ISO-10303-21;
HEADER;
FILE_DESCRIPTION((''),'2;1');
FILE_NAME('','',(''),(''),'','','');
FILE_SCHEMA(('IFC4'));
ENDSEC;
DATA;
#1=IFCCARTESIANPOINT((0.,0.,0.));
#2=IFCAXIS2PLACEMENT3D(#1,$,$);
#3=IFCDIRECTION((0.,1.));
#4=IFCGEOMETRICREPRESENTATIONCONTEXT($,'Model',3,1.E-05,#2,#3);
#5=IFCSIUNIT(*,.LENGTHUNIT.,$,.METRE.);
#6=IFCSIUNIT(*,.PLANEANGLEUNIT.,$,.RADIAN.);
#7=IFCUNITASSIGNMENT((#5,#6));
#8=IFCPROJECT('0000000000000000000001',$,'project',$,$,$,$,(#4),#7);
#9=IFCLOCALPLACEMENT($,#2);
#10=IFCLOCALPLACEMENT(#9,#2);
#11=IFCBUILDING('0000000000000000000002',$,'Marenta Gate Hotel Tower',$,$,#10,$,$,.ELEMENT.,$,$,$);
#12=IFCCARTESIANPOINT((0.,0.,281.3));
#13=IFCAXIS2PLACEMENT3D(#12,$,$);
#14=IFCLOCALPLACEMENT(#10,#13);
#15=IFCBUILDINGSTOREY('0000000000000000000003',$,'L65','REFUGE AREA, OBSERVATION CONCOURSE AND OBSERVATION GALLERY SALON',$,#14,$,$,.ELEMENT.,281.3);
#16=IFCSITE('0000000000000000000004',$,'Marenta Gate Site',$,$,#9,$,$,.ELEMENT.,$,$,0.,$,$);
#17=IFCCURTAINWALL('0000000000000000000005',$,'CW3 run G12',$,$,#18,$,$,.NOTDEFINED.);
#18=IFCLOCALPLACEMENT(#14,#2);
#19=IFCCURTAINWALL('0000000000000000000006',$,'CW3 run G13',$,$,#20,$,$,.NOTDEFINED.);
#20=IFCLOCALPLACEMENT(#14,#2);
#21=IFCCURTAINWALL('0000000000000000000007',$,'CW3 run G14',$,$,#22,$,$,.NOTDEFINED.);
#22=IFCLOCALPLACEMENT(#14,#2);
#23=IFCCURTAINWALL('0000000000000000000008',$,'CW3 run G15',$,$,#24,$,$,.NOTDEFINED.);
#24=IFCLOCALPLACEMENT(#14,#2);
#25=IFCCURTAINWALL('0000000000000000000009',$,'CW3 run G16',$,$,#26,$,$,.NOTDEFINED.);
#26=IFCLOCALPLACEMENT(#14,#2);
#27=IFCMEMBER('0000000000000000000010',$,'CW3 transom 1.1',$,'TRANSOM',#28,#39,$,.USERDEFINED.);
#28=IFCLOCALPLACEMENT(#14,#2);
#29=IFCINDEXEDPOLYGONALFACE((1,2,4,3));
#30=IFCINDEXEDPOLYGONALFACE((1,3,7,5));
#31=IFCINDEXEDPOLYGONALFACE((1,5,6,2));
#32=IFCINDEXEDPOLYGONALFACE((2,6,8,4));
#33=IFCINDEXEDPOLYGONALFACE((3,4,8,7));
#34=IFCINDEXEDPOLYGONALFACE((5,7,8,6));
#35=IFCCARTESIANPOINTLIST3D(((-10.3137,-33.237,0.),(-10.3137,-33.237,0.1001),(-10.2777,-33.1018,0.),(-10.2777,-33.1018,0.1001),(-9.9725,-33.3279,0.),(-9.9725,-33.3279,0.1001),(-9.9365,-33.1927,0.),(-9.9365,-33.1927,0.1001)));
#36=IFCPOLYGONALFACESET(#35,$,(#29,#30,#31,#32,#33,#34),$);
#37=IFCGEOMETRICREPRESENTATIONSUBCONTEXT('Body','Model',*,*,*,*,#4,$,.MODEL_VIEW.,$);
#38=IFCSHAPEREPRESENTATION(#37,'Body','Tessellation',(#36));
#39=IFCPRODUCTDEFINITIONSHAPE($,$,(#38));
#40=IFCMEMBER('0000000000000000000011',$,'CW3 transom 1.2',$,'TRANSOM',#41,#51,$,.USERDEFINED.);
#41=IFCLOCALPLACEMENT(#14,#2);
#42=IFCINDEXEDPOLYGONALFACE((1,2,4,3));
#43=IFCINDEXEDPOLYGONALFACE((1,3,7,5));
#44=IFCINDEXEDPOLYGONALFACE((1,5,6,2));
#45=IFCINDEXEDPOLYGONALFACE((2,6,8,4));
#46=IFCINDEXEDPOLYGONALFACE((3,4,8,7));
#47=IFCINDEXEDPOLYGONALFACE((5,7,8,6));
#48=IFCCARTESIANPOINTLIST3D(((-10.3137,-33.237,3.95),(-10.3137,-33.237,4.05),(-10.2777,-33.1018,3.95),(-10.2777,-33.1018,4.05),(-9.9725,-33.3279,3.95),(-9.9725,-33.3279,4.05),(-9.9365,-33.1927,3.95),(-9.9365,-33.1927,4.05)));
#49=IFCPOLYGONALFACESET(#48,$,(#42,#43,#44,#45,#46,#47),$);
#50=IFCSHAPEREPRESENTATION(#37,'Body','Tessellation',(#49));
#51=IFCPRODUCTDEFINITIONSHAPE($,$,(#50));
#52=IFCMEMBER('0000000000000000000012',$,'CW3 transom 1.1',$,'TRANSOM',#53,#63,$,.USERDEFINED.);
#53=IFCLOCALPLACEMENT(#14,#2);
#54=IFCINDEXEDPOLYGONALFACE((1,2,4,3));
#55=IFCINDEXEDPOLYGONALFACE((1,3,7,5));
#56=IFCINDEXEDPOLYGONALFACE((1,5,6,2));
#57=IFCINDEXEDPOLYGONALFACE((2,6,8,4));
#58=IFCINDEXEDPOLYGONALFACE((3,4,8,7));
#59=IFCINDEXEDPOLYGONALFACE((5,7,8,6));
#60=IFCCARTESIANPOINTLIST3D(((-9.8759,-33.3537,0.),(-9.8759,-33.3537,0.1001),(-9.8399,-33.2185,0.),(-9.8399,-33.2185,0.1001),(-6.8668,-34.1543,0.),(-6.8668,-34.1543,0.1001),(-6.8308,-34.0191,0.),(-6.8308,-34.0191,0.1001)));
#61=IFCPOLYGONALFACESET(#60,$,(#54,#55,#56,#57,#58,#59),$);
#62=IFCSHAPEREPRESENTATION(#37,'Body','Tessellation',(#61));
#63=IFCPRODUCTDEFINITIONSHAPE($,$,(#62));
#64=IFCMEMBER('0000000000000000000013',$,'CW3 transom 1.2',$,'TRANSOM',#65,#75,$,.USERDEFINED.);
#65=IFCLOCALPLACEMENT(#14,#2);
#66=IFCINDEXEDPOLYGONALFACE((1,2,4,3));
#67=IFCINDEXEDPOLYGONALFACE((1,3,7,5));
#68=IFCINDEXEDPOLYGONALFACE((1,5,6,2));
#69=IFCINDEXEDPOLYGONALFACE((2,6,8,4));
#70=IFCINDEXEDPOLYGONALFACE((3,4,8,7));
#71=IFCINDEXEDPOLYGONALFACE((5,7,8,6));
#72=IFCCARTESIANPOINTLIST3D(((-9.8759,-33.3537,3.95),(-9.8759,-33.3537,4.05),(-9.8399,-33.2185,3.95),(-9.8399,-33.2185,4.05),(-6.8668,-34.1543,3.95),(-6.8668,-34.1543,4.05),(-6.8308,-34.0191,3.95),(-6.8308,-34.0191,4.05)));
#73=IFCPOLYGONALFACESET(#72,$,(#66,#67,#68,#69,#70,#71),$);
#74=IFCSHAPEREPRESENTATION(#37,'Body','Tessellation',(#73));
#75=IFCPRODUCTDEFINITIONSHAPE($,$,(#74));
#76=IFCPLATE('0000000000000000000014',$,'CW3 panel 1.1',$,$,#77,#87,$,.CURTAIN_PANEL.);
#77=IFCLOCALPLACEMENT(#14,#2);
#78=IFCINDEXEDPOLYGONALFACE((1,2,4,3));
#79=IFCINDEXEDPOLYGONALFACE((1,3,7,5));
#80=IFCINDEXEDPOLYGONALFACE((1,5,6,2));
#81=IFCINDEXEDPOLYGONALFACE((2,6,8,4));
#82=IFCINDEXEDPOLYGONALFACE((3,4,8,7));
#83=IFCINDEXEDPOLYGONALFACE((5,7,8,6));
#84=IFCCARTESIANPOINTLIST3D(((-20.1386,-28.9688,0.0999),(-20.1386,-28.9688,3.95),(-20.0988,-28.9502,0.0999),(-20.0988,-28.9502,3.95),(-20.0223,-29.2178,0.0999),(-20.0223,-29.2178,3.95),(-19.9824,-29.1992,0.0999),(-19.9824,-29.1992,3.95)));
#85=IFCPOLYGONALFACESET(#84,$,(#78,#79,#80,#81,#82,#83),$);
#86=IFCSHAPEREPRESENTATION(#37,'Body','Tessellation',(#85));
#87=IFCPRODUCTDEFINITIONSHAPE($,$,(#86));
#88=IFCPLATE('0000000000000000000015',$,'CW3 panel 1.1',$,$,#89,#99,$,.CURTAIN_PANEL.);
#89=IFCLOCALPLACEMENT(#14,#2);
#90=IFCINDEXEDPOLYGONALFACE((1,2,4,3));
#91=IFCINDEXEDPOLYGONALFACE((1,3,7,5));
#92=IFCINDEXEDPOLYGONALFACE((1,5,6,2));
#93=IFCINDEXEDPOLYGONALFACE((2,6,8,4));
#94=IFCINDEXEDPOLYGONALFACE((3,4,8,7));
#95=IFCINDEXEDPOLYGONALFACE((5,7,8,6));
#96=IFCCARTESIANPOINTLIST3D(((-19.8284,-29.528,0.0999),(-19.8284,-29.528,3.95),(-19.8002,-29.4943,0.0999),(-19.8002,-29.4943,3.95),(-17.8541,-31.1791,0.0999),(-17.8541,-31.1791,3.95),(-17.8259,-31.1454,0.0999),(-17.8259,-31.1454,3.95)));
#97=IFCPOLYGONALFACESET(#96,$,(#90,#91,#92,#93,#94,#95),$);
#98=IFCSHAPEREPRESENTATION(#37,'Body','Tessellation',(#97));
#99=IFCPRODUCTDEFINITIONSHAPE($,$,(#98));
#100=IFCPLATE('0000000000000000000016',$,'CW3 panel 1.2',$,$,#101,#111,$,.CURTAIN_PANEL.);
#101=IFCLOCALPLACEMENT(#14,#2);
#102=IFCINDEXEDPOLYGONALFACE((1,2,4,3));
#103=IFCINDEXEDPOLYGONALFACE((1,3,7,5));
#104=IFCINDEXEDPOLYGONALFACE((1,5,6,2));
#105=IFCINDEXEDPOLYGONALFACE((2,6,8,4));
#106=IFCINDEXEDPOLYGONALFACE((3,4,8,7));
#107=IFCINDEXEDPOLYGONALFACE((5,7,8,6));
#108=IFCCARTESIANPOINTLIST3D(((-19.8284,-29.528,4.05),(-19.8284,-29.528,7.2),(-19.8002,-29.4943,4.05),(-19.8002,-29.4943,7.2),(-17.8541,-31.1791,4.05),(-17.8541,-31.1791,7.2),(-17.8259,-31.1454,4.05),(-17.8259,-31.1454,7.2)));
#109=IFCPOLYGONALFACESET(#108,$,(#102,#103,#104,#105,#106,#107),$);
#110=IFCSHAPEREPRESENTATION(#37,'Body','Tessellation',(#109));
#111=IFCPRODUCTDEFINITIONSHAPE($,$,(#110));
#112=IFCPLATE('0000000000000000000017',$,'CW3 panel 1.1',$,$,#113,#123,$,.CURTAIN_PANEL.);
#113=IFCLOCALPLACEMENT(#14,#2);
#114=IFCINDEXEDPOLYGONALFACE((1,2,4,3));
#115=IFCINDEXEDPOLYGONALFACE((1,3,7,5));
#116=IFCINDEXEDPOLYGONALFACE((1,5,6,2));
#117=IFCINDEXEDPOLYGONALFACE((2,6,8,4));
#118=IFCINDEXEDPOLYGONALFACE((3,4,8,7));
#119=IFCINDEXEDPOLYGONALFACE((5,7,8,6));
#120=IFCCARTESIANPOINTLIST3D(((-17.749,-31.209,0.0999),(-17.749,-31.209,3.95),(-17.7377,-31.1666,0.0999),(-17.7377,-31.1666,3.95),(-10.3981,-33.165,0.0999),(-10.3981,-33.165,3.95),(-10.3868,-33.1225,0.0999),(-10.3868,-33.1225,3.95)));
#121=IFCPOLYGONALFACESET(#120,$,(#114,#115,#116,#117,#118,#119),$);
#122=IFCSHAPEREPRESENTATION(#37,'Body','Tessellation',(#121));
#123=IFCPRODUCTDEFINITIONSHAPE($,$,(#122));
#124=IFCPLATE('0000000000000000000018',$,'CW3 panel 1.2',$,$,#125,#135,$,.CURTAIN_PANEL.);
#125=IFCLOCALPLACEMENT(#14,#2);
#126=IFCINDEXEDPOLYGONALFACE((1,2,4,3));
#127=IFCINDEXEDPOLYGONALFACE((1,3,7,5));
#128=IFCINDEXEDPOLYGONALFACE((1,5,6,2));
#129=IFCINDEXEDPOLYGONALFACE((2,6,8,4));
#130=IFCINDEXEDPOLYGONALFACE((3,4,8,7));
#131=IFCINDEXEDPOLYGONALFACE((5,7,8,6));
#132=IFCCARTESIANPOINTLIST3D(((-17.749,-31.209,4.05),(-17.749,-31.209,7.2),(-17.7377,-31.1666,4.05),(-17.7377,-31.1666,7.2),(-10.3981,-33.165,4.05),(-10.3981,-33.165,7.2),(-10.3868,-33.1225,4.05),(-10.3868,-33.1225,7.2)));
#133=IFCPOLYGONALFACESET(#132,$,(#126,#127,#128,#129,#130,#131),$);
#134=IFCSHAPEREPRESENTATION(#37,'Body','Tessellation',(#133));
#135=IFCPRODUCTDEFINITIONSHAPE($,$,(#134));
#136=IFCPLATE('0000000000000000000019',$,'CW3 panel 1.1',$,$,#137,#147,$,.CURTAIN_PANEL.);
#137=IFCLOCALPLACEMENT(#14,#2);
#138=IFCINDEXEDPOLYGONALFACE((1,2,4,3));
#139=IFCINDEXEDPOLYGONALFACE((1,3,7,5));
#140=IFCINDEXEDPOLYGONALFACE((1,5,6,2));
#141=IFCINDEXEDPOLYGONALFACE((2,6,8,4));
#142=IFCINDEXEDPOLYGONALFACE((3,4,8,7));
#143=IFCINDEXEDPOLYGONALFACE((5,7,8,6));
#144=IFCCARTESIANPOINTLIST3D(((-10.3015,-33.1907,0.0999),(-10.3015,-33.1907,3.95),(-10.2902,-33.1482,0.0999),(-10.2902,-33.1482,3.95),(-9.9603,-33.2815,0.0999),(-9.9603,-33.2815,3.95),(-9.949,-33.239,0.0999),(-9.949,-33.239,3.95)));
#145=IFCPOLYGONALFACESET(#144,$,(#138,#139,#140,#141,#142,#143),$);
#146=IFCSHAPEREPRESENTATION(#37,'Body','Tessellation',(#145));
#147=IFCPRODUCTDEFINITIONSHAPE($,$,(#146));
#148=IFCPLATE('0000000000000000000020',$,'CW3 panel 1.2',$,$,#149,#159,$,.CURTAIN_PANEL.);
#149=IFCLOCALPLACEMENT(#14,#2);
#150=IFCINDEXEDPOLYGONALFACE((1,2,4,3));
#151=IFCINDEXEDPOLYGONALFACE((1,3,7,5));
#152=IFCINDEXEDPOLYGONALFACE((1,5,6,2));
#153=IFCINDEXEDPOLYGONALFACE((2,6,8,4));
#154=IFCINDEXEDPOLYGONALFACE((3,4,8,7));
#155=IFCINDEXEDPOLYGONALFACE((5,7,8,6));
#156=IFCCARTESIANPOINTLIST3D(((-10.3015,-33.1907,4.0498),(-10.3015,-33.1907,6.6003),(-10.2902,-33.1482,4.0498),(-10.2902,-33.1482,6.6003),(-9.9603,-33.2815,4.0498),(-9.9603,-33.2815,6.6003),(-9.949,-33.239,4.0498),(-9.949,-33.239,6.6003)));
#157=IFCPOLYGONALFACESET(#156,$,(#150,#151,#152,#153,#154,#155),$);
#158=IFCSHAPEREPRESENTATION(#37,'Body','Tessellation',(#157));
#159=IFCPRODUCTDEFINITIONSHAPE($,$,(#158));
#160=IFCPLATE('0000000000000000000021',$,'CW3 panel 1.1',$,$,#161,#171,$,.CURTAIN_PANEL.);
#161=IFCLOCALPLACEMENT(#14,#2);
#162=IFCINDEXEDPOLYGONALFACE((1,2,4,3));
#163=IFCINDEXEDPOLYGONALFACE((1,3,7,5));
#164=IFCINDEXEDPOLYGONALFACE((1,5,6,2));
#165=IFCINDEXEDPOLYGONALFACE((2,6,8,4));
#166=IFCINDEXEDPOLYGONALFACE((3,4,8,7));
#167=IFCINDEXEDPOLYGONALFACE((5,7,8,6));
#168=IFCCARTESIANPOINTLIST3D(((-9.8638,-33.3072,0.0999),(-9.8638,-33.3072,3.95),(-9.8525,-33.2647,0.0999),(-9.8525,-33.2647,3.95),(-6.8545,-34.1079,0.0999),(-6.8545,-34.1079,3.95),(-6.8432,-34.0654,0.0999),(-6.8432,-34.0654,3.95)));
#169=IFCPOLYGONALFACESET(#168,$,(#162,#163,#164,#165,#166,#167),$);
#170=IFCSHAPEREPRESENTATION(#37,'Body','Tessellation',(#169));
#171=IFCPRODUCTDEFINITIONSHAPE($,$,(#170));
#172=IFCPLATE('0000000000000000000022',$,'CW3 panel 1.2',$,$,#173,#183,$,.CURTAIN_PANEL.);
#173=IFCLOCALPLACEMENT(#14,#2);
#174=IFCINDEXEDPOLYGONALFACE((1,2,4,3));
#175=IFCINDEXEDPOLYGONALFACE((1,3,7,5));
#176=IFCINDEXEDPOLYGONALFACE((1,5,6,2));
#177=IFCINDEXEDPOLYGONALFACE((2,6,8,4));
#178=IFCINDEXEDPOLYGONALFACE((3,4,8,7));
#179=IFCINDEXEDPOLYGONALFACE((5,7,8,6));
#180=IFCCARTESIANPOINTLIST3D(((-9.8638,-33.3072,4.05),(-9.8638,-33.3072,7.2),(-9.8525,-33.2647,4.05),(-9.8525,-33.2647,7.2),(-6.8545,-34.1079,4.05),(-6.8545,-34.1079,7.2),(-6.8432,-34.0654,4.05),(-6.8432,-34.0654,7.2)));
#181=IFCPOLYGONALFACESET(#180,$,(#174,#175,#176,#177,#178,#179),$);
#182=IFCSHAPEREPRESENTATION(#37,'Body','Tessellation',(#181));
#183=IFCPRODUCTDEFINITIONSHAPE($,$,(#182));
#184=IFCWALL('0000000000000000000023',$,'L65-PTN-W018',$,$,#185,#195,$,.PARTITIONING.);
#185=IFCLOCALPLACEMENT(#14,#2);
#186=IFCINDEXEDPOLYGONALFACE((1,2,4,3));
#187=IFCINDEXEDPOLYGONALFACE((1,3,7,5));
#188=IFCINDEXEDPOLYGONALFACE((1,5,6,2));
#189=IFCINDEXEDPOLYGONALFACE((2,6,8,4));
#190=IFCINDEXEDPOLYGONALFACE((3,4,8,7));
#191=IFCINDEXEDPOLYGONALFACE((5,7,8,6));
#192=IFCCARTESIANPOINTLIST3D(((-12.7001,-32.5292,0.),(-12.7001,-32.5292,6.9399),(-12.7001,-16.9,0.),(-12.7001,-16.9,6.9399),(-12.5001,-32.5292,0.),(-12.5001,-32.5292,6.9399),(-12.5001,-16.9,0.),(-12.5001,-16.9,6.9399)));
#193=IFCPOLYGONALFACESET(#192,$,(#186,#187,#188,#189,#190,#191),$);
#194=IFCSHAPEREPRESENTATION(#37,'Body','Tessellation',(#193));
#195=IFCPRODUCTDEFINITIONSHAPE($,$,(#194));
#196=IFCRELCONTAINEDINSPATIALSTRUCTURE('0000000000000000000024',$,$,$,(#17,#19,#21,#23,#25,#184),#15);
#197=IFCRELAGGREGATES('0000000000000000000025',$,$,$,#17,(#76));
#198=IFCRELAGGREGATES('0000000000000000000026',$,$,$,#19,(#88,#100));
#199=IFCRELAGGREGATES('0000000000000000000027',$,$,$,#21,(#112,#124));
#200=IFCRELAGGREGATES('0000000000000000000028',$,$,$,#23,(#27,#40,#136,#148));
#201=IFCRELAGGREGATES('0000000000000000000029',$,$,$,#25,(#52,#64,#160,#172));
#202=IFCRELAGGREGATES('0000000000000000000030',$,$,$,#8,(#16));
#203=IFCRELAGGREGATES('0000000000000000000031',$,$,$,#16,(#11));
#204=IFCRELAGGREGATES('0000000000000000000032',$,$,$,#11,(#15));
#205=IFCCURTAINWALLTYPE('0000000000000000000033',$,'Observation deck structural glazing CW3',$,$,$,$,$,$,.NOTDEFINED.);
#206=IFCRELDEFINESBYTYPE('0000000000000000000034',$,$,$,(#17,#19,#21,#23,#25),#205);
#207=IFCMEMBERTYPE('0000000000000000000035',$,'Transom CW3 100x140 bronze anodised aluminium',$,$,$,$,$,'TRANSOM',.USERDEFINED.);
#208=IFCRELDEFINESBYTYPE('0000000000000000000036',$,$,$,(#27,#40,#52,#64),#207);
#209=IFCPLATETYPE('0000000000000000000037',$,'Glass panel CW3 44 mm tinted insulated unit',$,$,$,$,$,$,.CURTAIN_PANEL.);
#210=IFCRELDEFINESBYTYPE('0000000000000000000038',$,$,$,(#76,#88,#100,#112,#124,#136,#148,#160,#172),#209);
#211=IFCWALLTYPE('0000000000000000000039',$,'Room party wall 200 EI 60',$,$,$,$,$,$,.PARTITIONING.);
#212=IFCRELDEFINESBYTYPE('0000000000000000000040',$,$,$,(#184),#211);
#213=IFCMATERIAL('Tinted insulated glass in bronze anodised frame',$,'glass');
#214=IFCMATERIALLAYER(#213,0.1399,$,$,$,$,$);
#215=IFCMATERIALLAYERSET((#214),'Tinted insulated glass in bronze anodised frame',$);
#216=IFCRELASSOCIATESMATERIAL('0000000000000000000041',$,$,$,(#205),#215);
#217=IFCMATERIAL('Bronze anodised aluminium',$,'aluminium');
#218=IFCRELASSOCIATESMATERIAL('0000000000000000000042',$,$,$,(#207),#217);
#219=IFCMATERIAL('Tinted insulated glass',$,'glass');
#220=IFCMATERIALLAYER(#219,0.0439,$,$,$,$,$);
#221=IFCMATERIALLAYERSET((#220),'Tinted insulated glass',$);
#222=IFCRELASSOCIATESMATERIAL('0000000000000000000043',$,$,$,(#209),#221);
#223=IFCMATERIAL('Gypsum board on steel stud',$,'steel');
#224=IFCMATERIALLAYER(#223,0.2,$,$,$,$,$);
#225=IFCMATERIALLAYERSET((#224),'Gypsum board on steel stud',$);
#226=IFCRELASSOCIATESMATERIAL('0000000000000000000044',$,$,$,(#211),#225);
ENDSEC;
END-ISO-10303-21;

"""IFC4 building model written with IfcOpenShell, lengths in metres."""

from ifc_helpers import new_model, si_unit, direction, frame, frame_2d, origin, origin_2d, place, context, subcontext, project, spatial, rectangle, extrude, material, layer, layer_set, material_profile, profile_set, type_object, element, aggregate, save


model = new_model("IFC4")

# Units and contexts
model_context = context("Model", 3, precision=1e-05, world=origin(), true_north=direction((0.0, 1.0)))
body_context = subcontext(model_context, "Body", "Model", "MODEL_VIEW")
ifc_project = project(units=[si_unit("LENGTHUNIT", "METRE"), si_unit("PLANEANGLEUNIT", "RADIAN")], contexts=[model_context])

# Site, building, storey
site_placement = place(None, origin())
site = spatial("IfcSite", under=ifc_project, at=site_placement, Name="Marenta Gate Site", CompositionType="ELEMENT", RefElevation=0.0)
building_placement = place(site_placement, origin())
building = spatial("IfcBuilding", under=site, at=building_placement, Name="Marenta Gate Hotel Tower", CompositionType="ELEMENT")
storey_placement = place(building_placement, frame((0.0, 0.0, 281.3)))
storey = spatial("IfcBuildingStorey", under=building, at=storey_placement, Name="L65", Description="REFUGE AREA, OBSERVATION CONCOURSE AND OBSERVATION GALLERY SALON", CompositionType="ELEMENT", Elevation=281.3)

# Curtain walls
ifc_material_1 = material(Name="Tinted insulated glass in bronze anodised frame", Category="glass")
ifc_layer_1 = layer(ifc_material_1, 0.1399)
ifc_layer_set_1 = layer_set([ifc_layer_1], Name="Tinted insulated glass in bronze anodised frame")
curtain_wall_type = type_object("IfcCurtainWallType", Name="Observation deck structural glazing CW3", PredefinedType="NOTDEFINED", material=ifc_layer_set_1)
curtain_wall_1_placement = place(storey_placement, origin())
curtain_wall_1 = element("IfcCurtainWall", 1, at=curtain_wall_1_placement, inside=storey, type_object=curtain_wall_type, Name="CW3 run G12", PredefinedType="NOTDEFINED")
curtain_wall_2_placement = place(storey_placement, origin())
curtain_wall_2 = element("IfcCurtainWall", 2, at=curtain_wall_2_placement, inside=storey, type_object=curtain_wall_type, Name="CW3 run G13", PredefinedType="NOTDEFINED")
curtain_wall_3_placement = place(storey_placement, origin())
curtain_wall_3 = element("IfcCurtainWall", 3, at=curtain_wall_3_placement, inside=storey, type_object=curtain_wall_type, Name="CW3 run G14", PredefinedType="NOTDEFINED")
curtain_wall_4_placement = place(storey_placement, origin())
curtain_wall_4 = element("IfcCurtainWall", 4, at=curtain_wall_4_placement, inside=storey, type_object=curtain_wall_type, Name="CW3 run G15", PredefinedType="NOTDEFINED")
curtain_wall_5_placement = place(storey_placement, origin())
curtain_wall_5 = element("IfcCurtainWall", 5, at=curtain_wall_5_placement, inside=storey, type_object=curtain_wall_type, Name="CW3 run G16", PredefinedType="NOTDEFINED")

# Members
ifc_material_2 = material(Name="Bronze anodised aluminium", Category="aluminium")
ifc_material_profile_1 = material_profile(ifc_material_2, rectangle(XDim=0.1399, YDim=0.1001, at=origin_2d()), Name="Transom CW3 100x140 bronze anodised aluminium")
ifc_profile_set_1 = profile_set([ifc_material_profile_1], Name="Bronze anodised aluminium")
member_type_1 = type_object("IfcMemberType", Name="Transom CW3 100x140 bronze anodised aluminium", ElementType="TRANSOM", PredefinedType="USERDEFINED", material=ifc_profile_set_1)
member_1_placement = place(storey_placement, frame((-10.2957, -33.1694, 0.05), z_axis=(0.966327, -0.257318, 0.0), x_axis=(0.257318, 0.966327, 0.0)))
member_1 = element("IfcMember", 6, at=member_1_placement, type_object=member_type_1, Name="CW3 transom 1.1", ObjectType="TRANSOM", PredefinedType="USERDEFINED", context=body_context, shape_type="SweptSolid", body=[
    extrude(rectangle(XDim=0.1399, YDim=0.1001, at=origin_2d()), origin(), (0.0, 0.0, 1.0), 0.353),
])
member_2_placement = place(storey_placement, frame((-10.2957, -33.1694, 4.0), z_axis=(0.966327, -0.257318, 0.0), x_axis=(0.257318, 0.966327, 0.0)))
member_2 = element("IfcMember", 7, at=member_2_placement, type_object=member_type_1, Name="CW3 transom 1.2", ObjectType="TRANSOM", PredefinedType="USERDEFINED", context=body_context, shape_type="SweptSolid", body=[
    extrude(rectangle(XDim=0.1399, YDim=0.1001, at=origin_2d()), origin(), (0.0, 0.0, 1.0), 0.353),
])
member_3_placement = place(storey_placement, frame((-9.8579, -33.2861, 0.05), z_axis=(0.966384, -0.257101, 0.0), x_axis=(0.257101, 0.966384, 0.0)))
member_3 = element("IfcMember", 8, at=member_3_placement, type_object=member_type_1, Name="CW3 transom 1.1", ObjectType="TRANSOM", PredefinedType="USERDEFINED", context=body_context, shape_type="SweptSolid", body=[
    extrude(rectangle(XDim=0.1399, YDim=0.1001, at=origin_2d()), origin(), (0.0, 0.0, 1.0), 3.1138),
])
member_4_placement = place(storey_placement, frame((-9.8579, -33.2861, 4.0), z_axis=(0.966384, -0.257101, 0.0), x_axis=(0.257101, 0.966384, 0.0)))
member_4 = element("IfcMember", 9, at=member_4_placement, type_object=member_type_1, Name="CW3 transom 1.2", ObjectType="TRANSOM", PredefinedType="USERDEFINED", context=body_context, shape_type="SweptSolid", body=[
    extrude(rectangle(XDim=0.1399, YDim=0.1001, at=origin_2d()), origin(), (0.0, 0.0, 1.0), 3.1138),
])

# Plates
ifc_material_3 = material(Name="Tinted insulated glass", Category="glass")
ifc_layer_2 = layer(ifc_material_3, 0.0439)
ifc_layer_set_2 = layer_set([ifc_layer_2], Name="Tinted insulated glass")
plate_type = type_object("IfcPlateType", Name="Glass panel CW3 44 mm tinted insulated unit", PredefinedType="CURTAIN_PANEL", material=ifc_layer_set_2)
plate_1_placement = place(storey_placement, frame((-20.0605, -29.084, 0.0999), z_axis=(0.0, 0.0, 1.0), x_axis=(0.423393, -0.905946, 0.0)))
plate_1 = element("IfcPlate", 10, at=plate_1_placement, type_object=plate_type, Name="CW3 panel 1.1", PredefinedType="CURTAIN_PANEL", context=body_context, shape_type="SweptSolid", body=[
    extrude(rectangle(XDim=0.2749, YDim=0.0439, at=origin_2d()), origin(), (0.0, 0.0, 1.0), 3.8501),
])
aggregate(curtain_wall_1, [plate_1])
plate_2_placement = place(storey_placement, frame((-18.8271, -30.3367, 0.0999), z_axis=(0.0, 0.0, 1.0), x_axis=(0.76711, -0.641515, 0.0)))
plate_2 = element("IfcPlate", 11, at=plate_2_placement, type_object=plate_type, Name="CW3 panel 1.1", PredefinedType="CURTAIN_PANEL", context=body_context, shape_type="SweptSolid", body=[
    extrude(rectangle(XDim=2.5737, YDim=0.0439, at=origin_2d()), origin(), (0.0, 0.0, 1.0), 3.8501),
])
plate_3_placement = place(storey_placement, frame((-18.8271, -30.3367, 4.05), z_axis=(0.0, 0.0, 1.0), x_axis=(0.76711, -0.641515, 0.0)))
plate_3 = element("IfcPlate", 12, at=plate_3_placement, type_object=plate_type, Name="CW3 panel 1.2", PredefinedType="CURTAIN_PANEL", context=body_context, shape_type="SweptSolid", body=[
    extrude(rectangle(XDim=2.5737, YDim=0.0439, at=origin_2d()), origin(), (0.0, 0.0, 1.0), 3.1499),
])
aggregate(curtain_wall_2, [plate_2, plate_3])
plate_4_placement = place(storey_placement, frame((-14.0679, -32.1658, 0.0999), z_axis=(0.0, 0.0, 1.0), x_axis=(0.966375, -0.257138, 0.0)))
plate_4 = element("IfcPlate", 13, at=plate_4_placement, type_object=plate_type, Name="CW3 panel 1.1", PredefinedType="CURTAIN_PANEL", context=body_context, shape_type="SweptSolid", body=[
    extrude(rectangle(XDim=7.6067, YDim=0.0439, at=origin_2d()), origin(), (0.0, 0.0, 1.0), 3.8501),
])
plate_5_placement = place(storey_placement, frame((-14.0679, -32.1658, 4.05), z_axis=(0.0, 0.0, 1.0), x_axis=(0.966375, -0.257138, 0.0)))
plate_5 = element("IfcPlate", 14, at=plate_5_placement, type_object=plate_type, Name="CW3 panel 1.2", PredefinedType="CURTAIN_PANEL", context=body_context, shape_type="SweptSolid", body=[
    extrude(rectangle(XDim=7.6067, YDim=0.0439, at=origin_2d()), origin(), (0.0, 0.0, 1.0), 3.1499),
])
aggregate(curtain_wall_3, [plate_4, plate_5])
plate_6_placement = place(storey_placement, frame((-10.1252, -33.2148, 0.0999), z_axis=(0.0, 0.0, 1.0), x_axis=(0.96637, -0.257154, 0.0)))
plate_6 = element("IfcPlate", 15, at=plate_6_placement, type_object=plate_type, Name="CW3 panel 1.1", PredefinedType="CURTAIN_PANEL", context=body_context, shape_type="SweptSolid", body=[
    extrude(rectangle(XDim=0.353, YDim=0.0439, at=origin_2d()), origin(), (0.0, 0.0, 1.0), 3.8501),
])
plate_7_placement = place(storey_placement, frame((-10.1252, -33.2148, 4.0498), z_axis=(0.0, 0.0, 1.0), x_axis=(0.96637, -0.257154, 0.0)))
plate_7 = element("IfcPlate", 16, at=plate_7_placement, type_object=plate_type, Name="CW3 panel 1.2", PredefinedType="CURTAIN_PANEL", context=body_context, shape_type="SweptSolid", body=[
    extrude(rectangle(XDim=0.353, YDim=0.0439, at=origin_2d()), origin(), (0.0, 0.0, 1.0), 2.5505),
])
aggregate(curtain_wall_4, [member_1, member_2, plate_6, plate_7])
plate_8_placement = place(storey_placement, frame((-8.3535, -33.6863, 0.0999), z_axis=(0.0, 0.0, 1.0), x_axis=(0.966375, -0.257136, 0.0)))
plate_8 = element("IfcPlate", 17, at=plate_8_placement, type_object=plate_type, Name="CW3 panel 1.1", PredefinedType="CURTAIN_PANEL", context=body_context, shape_type="SweptSolid", body=[
    extrude(rectangle(XDim=3.114, YDim=0.0439, at=origin_2d()), origin(), (0.0, 0.0, 1.0), 3.8501),
])
plate_9_placement = place(storey_placement, frame((-8.3535, -33.6863, 4.05), z_axis=(0.0, 0.0, 1.0), x_axis=(0.966375, -0.257136, 0.0)))
plate_9 = element("IfcPlate", 18, at=plate_9_placement, type_object=plate_type, Name="CW3 panel 1.2", PredefinedType="CURTAIN_PANEL", context=body_context, shape_type="SweptSolid", body=[
    extrude(rectangle(XDim=3.114, YDim=0.0439, at=origin_2d()), origin(), (0.0, 0.0, 1.0), 3.1499),
])
aggregate(curtain_wall_5, [member_3, member_4, plate_8, plate_9])

# Wall
ifc_material_4 = material(Name="Gypsum board on steel stud", Category="steel")
ifc_layer_3 = layer(ifc_material_4, 0.2)
ifc_layer_set_3 = layer_set([ifc_layer_3], Name="Gypsum board on steel stud")
wall_type = type_object("IfcWallType", Name="Room party wall 200 EI 60", PredefinedType="PARTITIONING", material=ifc_layer_set_3)
wall_placement = place(storey_placement, frame((-12.6001, -32.5291, 0.0), z_axis=(0.0, 0.0, 1.0), x_axis=(0.0, 1.0, 0.0)))
element("IfcWall", 19, at=wall_placement, inside=storey, type_object=wall_type, Name="L65-PTN-W018", PredefinedType="PARTITIONING", context=body_context, shape_type="SweptSolid", body=[
    extrude(rectangle(XDim=15.6292, YDim=0.2, at=frame_2d((7.8145, 0.0))), origin(), (0.0, 0.0, 1.0), 6.9399),
])

save(model, "model.ifc")
